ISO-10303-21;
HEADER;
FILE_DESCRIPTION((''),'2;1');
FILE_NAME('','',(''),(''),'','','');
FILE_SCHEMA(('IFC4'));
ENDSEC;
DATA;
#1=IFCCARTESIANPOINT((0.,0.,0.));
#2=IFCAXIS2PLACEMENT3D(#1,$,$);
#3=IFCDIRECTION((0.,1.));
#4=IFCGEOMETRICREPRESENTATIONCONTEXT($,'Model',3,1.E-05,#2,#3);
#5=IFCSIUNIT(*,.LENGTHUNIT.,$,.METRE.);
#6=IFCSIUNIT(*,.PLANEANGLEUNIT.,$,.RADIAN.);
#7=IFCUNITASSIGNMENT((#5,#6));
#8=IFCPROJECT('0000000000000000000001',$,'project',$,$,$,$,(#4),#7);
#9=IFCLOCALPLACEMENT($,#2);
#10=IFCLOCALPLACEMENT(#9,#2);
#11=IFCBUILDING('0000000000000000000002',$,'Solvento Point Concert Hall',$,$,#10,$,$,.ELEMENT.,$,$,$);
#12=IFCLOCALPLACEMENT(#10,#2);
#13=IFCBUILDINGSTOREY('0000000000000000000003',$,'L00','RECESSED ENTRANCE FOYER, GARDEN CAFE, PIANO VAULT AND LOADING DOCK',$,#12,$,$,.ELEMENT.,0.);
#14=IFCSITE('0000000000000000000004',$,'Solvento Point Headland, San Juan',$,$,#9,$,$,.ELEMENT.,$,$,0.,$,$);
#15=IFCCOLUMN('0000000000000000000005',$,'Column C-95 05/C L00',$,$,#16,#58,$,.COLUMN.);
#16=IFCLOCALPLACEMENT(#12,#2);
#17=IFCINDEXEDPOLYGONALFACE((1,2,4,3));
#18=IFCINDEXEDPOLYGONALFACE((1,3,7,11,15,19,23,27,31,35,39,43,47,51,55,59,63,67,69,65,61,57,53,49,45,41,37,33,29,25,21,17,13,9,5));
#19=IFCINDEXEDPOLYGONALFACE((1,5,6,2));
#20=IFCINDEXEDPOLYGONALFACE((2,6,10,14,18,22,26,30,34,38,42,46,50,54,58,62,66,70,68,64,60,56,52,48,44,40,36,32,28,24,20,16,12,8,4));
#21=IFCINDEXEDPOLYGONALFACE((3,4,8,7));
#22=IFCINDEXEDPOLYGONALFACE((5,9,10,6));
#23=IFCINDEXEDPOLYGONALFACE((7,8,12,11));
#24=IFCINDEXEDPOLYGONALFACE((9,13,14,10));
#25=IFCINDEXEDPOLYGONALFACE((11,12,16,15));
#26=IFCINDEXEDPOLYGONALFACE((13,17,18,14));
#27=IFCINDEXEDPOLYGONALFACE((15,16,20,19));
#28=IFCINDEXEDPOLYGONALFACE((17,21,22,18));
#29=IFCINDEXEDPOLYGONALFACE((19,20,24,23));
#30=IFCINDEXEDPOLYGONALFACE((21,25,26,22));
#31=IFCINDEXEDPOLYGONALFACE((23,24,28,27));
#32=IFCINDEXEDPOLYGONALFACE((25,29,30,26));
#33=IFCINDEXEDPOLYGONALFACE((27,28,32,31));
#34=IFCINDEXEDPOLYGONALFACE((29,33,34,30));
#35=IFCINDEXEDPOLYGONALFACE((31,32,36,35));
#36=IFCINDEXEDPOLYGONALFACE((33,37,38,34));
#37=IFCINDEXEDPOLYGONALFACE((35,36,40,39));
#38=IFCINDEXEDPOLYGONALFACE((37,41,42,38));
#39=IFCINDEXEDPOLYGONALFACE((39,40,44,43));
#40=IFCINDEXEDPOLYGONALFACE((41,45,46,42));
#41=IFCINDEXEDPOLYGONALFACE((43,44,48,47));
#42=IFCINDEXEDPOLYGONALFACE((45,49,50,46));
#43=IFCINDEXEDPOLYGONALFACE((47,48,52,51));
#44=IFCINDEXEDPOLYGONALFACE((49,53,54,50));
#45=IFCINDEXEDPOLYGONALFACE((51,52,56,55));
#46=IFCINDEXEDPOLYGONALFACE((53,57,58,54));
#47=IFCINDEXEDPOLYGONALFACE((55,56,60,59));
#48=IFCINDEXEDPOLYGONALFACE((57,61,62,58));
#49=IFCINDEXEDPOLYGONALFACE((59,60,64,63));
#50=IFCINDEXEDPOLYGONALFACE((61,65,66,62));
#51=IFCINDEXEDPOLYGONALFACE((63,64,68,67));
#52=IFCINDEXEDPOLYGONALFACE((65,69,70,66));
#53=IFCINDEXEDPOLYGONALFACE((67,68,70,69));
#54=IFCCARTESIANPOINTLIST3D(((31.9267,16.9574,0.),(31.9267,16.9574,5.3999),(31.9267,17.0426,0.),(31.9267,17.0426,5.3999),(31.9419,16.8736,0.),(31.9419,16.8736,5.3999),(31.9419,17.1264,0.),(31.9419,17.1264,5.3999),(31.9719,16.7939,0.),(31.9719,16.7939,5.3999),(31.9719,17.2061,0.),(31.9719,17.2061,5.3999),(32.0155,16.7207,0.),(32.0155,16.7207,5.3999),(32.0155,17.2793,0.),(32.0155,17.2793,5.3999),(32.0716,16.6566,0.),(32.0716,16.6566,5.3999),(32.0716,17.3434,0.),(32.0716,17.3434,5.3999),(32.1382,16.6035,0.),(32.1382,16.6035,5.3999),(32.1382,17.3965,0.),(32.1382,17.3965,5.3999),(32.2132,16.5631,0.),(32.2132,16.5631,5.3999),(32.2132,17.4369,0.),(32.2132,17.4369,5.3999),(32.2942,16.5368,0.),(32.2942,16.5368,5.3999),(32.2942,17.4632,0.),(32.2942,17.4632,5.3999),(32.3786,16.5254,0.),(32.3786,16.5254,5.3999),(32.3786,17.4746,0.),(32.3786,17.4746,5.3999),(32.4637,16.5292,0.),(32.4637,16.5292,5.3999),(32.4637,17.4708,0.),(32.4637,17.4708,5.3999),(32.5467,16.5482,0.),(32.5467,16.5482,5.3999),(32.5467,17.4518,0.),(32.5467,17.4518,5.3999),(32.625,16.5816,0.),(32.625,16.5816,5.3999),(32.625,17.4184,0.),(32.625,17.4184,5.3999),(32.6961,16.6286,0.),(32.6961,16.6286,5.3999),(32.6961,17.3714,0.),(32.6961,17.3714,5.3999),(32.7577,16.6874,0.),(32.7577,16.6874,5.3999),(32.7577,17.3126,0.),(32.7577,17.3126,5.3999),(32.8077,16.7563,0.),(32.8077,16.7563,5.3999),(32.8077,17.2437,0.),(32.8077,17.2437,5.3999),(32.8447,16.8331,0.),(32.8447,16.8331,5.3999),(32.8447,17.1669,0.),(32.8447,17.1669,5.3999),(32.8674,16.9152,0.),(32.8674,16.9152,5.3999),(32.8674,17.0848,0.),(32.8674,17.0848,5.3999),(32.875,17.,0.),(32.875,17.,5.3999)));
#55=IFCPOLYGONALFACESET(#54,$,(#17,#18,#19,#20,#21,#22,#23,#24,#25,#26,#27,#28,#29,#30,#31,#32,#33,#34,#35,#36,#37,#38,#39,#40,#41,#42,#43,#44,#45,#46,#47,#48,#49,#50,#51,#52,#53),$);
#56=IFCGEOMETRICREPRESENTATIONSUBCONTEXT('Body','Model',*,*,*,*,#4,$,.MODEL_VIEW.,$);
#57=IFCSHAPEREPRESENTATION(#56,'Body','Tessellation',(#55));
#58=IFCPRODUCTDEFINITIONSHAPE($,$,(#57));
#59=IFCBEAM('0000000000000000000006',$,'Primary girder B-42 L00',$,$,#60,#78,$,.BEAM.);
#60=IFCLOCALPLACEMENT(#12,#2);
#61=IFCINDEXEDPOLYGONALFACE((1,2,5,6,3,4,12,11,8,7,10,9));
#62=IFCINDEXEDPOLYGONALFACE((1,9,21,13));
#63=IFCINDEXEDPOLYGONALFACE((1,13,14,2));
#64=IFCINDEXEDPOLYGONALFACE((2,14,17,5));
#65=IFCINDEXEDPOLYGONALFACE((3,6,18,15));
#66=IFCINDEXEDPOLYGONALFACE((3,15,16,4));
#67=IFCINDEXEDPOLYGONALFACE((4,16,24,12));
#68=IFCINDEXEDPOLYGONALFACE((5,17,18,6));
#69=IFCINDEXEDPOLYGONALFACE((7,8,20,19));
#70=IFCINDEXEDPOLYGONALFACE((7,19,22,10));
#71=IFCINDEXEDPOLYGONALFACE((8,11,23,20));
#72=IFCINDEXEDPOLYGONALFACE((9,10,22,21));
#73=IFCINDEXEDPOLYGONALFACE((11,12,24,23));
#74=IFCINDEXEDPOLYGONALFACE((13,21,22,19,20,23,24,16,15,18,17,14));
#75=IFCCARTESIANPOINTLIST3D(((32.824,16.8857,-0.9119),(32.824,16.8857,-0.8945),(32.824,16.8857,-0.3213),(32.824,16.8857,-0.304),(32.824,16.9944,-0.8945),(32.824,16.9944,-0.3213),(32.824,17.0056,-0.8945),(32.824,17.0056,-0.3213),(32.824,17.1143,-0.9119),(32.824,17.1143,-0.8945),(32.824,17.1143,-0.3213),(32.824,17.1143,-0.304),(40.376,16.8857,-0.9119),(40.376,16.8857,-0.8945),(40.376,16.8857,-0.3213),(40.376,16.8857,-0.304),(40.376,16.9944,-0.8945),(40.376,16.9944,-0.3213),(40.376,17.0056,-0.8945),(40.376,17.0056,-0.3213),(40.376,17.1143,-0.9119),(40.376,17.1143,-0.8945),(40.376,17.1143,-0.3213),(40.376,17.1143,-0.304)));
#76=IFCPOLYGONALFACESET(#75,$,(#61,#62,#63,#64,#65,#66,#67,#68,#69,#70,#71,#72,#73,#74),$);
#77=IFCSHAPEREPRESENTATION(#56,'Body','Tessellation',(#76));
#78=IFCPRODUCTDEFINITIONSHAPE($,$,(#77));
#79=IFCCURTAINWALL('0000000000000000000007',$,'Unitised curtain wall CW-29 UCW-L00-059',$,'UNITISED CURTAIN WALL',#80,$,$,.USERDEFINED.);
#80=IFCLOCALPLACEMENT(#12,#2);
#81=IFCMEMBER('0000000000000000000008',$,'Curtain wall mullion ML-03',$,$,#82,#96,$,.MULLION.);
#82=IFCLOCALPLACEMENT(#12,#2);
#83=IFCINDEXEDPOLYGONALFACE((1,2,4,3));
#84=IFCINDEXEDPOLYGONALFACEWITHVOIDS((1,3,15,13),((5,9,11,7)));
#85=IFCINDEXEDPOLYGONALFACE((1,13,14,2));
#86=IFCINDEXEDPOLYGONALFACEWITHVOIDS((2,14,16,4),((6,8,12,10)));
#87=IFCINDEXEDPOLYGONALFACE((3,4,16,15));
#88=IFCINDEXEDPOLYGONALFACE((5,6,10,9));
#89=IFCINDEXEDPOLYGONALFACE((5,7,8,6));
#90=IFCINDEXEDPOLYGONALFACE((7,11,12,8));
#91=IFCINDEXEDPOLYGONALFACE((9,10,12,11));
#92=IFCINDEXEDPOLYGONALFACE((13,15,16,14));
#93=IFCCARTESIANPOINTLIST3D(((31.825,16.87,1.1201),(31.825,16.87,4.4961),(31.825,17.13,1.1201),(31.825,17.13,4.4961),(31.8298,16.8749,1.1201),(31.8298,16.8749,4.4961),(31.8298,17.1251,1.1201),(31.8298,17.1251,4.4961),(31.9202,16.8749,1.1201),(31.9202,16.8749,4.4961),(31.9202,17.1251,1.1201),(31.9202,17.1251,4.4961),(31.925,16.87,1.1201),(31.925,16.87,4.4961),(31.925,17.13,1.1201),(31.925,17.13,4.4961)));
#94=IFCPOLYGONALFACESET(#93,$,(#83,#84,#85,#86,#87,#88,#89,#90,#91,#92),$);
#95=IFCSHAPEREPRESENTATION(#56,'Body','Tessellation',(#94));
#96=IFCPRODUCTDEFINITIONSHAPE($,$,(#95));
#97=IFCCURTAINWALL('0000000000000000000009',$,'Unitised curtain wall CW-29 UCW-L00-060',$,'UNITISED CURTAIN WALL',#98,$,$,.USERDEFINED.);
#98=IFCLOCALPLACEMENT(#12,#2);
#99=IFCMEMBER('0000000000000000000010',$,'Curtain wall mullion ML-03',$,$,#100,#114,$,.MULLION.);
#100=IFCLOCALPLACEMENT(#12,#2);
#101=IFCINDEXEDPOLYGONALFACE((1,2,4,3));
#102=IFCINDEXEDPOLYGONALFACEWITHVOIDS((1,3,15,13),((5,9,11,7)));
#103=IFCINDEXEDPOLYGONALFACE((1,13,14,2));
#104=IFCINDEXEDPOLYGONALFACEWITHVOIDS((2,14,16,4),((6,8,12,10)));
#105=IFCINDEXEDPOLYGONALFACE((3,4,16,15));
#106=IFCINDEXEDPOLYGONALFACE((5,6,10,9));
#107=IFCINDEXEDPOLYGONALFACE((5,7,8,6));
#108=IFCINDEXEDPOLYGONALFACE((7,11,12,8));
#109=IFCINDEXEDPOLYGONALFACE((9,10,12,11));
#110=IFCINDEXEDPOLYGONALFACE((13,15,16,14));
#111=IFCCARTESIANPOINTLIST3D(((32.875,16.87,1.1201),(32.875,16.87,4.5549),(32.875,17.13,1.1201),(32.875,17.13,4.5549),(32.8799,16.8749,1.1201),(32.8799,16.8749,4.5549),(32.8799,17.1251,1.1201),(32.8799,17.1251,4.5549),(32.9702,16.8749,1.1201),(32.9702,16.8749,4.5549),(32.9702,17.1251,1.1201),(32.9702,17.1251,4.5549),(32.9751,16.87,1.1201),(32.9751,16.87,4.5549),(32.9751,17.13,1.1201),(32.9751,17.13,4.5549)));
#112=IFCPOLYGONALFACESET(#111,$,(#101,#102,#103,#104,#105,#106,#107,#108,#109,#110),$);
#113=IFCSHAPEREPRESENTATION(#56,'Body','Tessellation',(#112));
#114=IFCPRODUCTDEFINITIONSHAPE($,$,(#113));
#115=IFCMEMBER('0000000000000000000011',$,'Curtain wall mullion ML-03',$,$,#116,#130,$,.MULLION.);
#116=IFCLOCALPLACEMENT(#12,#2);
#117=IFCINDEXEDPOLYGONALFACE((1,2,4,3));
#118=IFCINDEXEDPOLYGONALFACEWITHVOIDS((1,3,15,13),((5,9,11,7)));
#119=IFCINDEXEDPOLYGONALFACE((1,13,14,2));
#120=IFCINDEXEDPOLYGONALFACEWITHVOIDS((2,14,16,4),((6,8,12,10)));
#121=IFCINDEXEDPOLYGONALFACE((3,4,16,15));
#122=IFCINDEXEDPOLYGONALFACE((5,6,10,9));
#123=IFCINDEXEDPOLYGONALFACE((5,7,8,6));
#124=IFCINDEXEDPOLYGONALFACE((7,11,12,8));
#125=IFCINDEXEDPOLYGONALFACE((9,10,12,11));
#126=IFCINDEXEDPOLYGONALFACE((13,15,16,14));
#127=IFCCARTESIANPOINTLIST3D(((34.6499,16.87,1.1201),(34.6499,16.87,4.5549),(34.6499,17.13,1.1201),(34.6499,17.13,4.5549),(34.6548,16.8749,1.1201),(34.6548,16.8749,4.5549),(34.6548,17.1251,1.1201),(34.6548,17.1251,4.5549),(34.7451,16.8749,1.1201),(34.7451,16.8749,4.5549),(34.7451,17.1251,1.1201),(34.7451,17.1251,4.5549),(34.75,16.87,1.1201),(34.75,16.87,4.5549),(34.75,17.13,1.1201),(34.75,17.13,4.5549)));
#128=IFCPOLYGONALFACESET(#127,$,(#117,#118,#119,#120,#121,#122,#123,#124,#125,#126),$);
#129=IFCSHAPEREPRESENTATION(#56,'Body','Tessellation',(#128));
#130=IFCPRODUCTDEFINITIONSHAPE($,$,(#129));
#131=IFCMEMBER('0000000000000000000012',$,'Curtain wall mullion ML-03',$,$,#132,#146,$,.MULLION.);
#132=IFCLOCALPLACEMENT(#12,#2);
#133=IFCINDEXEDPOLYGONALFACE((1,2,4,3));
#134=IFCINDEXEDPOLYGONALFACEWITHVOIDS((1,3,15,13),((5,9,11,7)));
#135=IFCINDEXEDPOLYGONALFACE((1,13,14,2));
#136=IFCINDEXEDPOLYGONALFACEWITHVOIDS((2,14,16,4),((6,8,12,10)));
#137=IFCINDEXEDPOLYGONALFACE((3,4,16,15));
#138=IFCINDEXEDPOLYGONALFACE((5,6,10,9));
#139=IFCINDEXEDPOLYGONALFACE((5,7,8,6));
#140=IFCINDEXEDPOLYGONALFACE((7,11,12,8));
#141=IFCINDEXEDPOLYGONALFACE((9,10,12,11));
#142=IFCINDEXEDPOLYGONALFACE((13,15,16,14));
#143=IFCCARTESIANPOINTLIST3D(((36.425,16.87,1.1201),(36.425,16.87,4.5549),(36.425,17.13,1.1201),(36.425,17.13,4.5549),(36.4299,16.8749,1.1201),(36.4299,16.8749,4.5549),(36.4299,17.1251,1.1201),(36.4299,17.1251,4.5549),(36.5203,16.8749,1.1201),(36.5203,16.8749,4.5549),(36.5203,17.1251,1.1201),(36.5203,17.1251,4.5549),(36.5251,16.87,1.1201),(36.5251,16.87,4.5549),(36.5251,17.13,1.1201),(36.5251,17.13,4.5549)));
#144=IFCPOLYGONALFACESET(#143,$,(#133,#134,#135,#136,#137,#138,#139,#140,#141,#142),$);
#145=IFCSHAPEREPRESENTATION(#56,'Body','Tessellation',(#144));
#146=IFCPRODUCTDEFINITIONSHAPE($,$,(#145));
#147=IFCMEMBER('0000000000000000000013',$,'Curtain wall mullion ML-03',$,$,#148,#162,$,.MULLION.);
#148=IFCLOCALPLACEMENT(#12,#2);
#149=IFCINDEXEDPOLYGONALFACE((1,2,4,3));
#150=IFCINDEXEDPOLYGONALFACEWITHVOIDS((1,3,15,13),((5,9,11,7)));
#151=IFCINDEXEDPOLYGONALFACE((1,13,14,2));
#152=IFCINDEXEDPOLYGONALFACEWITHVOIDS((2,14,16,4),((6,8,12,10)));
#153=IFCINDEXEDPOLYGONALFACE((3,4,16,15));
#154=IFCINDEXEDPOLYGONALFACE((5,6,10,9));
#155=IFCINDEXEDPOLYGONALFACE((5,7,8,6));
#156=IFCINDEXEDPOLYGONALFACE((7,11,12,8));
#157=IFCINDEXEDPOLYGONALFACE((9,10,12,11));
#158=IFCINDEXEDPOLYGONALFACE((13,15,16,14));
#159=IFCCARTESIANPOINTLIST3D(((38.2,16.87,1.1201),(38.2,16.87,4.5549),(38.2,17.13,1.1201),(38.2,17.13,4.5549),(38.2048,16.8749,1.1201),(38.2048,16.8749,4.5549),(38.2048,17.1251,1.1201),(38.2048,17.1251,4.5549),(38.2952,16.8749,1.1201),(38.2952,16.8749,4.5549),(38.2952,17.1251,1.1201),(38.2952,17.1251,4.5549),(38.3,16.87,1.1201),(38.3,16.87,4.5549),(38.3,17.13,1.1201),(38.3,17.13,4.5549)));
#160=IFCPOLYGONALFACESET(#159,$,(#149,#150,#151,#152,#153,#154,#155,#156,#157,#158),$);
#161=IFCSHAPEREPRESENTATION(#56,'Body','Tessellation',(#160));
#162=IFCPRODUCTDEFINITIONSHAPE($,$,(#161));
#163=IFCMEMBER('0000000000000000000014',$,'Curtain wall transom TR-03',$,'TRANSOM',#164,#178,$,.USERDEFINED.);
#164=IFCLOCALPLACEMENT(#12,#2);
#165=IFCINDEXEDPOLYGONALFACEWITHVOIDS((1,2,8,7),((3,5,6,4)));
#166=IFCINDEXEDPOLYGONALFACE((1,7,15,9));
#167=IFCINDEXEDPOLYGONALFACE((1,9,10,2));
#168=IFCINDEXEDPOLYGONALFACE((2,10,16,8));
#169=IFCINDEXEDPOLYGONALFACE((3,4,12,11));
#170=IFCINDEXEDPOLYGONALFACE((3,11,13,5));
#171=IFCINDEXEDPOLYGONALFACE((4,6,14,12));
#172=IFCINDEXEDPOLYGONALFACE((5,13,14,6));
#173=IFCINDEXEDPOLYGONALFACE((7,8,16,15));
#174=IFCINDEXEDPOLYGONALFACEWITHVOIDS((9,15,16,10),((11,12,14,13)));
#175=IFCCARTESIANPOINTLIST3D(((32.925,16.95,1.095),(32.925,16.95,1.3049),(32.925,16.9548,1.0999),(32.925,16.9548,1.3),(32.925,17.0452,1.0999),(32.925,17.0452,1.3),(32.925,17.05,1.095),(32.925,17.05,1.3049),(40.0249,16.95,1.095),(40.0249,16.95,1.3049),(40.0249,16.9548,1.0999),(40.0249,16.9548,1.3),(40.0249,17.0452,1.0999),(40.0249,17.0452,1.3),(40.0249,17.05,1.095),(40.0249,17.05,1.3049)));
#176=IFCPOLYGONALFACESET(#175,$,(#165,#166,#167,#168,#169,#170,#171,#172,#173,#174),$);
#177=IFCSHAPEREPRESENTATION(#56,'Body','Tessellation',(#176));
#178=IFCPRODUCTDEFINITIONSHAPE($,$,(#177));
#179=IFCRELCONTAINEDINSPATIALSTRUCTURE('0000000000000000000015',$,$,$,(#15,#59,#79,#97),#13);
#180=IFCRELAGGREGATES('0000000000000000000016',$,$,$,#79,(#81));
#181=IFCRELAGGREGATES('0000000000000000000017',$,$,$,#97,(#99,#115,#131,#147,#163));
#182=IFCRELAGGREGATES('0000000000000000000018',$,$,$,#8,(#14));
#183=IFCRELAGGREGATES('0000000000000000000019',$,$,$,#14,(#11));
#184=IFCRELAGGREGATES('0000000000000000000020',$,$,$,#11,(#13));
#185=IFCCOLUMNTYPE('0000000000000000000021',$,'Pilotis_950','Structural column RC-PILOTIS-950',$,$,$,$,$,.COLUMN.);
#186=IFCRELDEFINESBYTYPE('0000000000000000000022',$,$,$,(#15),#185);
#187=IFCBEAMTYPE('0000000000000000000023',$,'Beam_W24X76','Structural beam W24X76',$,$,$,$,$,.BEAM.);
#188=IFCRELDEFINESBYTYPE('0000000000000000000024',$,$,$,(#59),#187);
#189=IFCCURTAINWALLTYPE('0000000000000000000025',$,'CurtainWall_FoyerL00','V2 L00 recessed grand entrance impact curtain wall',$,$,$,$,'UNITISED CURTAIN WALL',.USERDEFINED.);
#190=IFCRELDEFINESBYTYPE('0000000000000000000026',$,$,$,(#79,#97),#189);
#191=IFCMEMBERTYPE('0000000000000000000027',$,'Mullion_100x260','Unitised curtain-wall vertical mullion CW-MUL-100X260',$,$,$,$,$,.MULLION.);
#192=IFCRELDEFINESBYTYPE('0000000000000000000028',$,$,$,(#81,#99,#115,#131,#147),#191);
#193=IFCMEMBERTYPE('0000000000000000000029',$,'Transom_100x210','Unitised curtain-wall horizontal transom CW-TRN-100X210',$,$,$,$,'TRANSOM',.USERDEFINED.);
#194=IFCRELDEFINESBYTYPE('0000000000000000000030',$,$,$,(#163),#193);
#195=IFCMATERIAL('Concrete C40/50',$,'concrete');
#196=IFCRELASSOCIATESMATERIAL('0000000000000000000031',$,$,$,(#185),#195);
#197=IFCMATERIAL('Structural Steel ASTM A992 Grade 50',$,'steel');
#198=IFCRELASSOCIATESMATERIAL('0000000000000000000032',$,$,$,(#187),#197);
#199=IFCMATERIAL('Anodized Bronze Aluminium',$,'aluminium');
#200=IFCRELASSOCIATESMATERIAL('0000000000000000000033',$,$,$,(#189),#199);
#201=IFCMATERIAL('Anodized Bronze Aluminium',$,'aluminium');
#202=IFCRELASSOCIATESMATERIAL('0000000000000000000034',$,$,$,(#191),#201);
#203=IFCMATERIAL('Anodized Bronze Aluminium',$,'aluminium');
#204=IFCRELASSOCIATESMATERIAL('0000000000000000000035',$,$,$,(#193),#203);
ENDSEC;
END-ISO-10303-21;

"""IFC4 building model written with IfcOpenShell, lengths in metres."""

from ifc_helpers import new_model, si_unit, direction, frame, origin, origin_2d, place, context, subcontext, project, spatial, hollow_rectangle, circle, i_section, extrude, material, material_profile, profile_set, type_object, element, aggregate, save


model = new_model("IFC4")

# Units and contexts
model_context = context("Model", 3, precision=1e-05, world=origin(), true_north=direction((0.0, 1.0)))
body_context = subcontext(model_context, "Body", "Model", "MODEL_VIEW")
ifc_project = project(units=[si_unit("LENGTHUNIT", "METRE"), si_unit("PLANEANGLEUNIT", "RADIAN")], contexts=[model_context])

# Site, building, storey
site_placement = place(None, origin())
site = spatial("IfcSite", under=ifc_project, at=site_placement, Name="Solvento Point Headland, San Juan", CompositionType="ELEMENT", RefElevation=0.0)
building_placement = place(site_placement, origin())
building = spatial("IfcBuilding", under=site, at=building_placement, Name="Solvento Point Concert Hall", CompositionType="ELEMENT")
storey_placement = place(building_placement, origin())
storey = spatial("IfcBuildingStorey", under=building, at=storey_placement, Name="L00", Description="RECESSED ENTRANCE FOYER, GARDEN CAFE, PIANO VAULT AND LOADING DOCK", CompositionType="ELEMENT", Elevation=0.0)

# Column
ifc_material_1 = material(Name="Concrete C40/50", Category="concrete")
ifc_material_profile_1 = material_profile(ifc_material_1, circle(Radius=0.4751, at=origin_2d()), Name="RC-PILOTIS-950")
ifc_profile_set_1 = profile_set([ifc_material_profile_1], Name="Concrete C40/50")
column_type = type_object("IfcColumnType", Name="Pilotis_950", Description="Structural column RC-PILOTIS-950", PredefinedType="COLUMN", material=ifc_profile_set_1)
column_placement = place(storey_placement, frame((32.3999, 17.0, 0.0), z_axis=(0.0, 0.0, 1.0), x_axis=(1.0, 0.0, 0.0)))
element("IfcColumn", 1, at=column_placement, inside=storey, type_object=column_type, Name="Column C-95 05/C L00", PredefinedType="COLUMN", context=body_context, shape_type="SweptSolid", body=[
    extrude(circle(Radius=0.4751, at=origin_2d()), origin(), (0.0, 0.0, 1.0), 5.3999),
])

# Beam
ifc_material_2 = material(Name="Structural Steel ASTM A992 Grade 50", Category="steel")
ifc_material_profile_2 = material_profile(ifc_material_2, i_section(OverallWidth=0.2285, OverallDepth=0.6079, WebThickness=0.0112, FlangeThickness=0.0173, at=origin_2d()), Name="W24X76")
ifc_profile_set_2 = profile_set([ifc_material_profile_2], Name="Structural Steel ASTM A992 Grade 50")
beam_type = type_object("IfcBeamType", Name="Beam_W24X76", Description="Structural beam W24X76", PredefinedType="BEAM", material=ifc_profile_set_2)
beam_placement = place(storey_placement, frame((32.824, 17.0, -0.6079), z_axis=(1.0, 0.0, 0.0), x_axis=(0.0, 1.0, 0.0)))
element("IfcBeam", 2, at=beam_placement, inside=storey, type_object=beam_type, Name="Primary girder B-42 L00", PredefinedType="BEAM", context=body_context, shape_type="SweptSolid", body=[
    extrude(i_section(OverallWidth=0.2285, OverallDepth=0.6079, WebThickness=0.0112, FlangeThickness=0.0173, at=origin_2d()), origin(), (0.0, 0.0, 1.0), 7.552),
])

# Curtain wall, member
ifc_material_3 = material(Name="Anodized Bronze Aluminium", Category="aluminium")
curtain_wall_type = type_object("IfcCurtainWallType", Name="CurtainWall_FoyerL00", Description="V2 L00 recessed grand entrance impact curtain wall", ElementType="UNITISED CURTAIN WALL", PredefinedType="USERDEFINED", material=ifc_material_3)
curtain_wall_1_placement = place(storey_placement, origin())
curtain_wall_1 = element("IfcCurtainWall", 3, at=curtain_wall_1_placement, inside=storey, type_object=curtain_wall_type, Name="Unitised curtain wall CW-29 UCW-L00-059", ObjectType="UNITISED CURTAIN WALL", PredefinedType="USERDEFINED")
ifc_material_4 = material(Name="Anodized Bronze Aluminium", Category="aluminium")
ifc_material_profile_3 = material_profile(ifc_material_4, hollow_rectangle(XDim=0.1001, YDim=0.26, WallThickness=0.0049, at=origin_2d()), Name="CW-MUL-100X260")
ifc_profile_set_3 = profile_set([ifc_material_profile_3], Name="Anodized Bronze Aluminium")
member_type_1 = type_object("IfcMemberType", Name="Mullion_100x260", Description="Unitised curtain-wall vertical mullion CW-MUL-100X260", PredefinedType="MULLION", material=ifc_profile_set_3)
member_1_placement = place(storey_placement, frame((31.875, 17.0, 1.1201), z_axis=(0.0, 0.0, 1.0), x_axis=(1.0, 0.0, 0.0)))
member_1 = element("IfcMember", 4, at=member_1_placement, type_object=member_type_1, Name="Curtain wall mullion ML-03", PredefinedType="MULLION", context=body_context, shape_type="SweptSolid", body=[
    extrude(hollow_rectangle(XDim=0.1001, YDim=0.26, WallThickness=0.0049, at=origin_2d()), origin(), (0.0, 0.0, 1.0), 3.376),
])

# Curtain wall, members
curtain_wall_2_placement = place(storey_placement, origin())
curtain_wall_2 = element("IfcCurtainWall", 5, at=curtain_wall_2_placement, inside=storey, type_object=curtain_wall_type, Name="Unitised curtain wall CW-29 UCW-L00-060", ObjectType="UNITISED CURTAIN WALL", PredefinedType="USERDEFINED")
member_2_placement = place(storey_placement, frame((32.925, 17.0, 1.1201), z_axis=(0.0, 0.0, 1.0), x_axis=(1.0, 0.0, 0.0)))
member_2 = element("IfcMember", 6, at=member_2_placement, type_object=member_type_1, Name="Curtain wall mullion ML-03", PredefinedType="MULLION", context=body_context, shape_type="SweptSolid", body=[
    extrude(hollow_rectangle(XDim=0.1001, YDim=0.26, WallThickness=0.0049, at=origin_2d()), origin(), (0.0, 0.0, 1.0), 3.4348),
])
member_3_placement = place(storey_placement, frame((34.7, 17.0, 1.1201), z_axis=(0.0, 0.0, 1.0), x_axis=(1.0, 0.0, 0.0)))
member_3 = element("IfcMember", 7, at=member_3_placement, type_object=member_type_1, Name="Curtain wall mullion ML-03", PredefinedType="MULLION", context=body_context, shape_type="SweptSolid", body=[
    extrude(hollow_rectangle(XDim=0.1001, YDim=0.26, WallThickness=0.0049, at=origin_2d()), origin(), (0.0, 0.0, 1.0), 3.4348),
])
member_4_placement = place(storey_placement, frame((36.4751, 17.0, 1.1201), z_axis=(0.0, 0.0, 1.0), x_axis=(1.0, 0.0, 0.0)))
member_4 = element("IfcMember", 8, at=member_4_placement, type_object=member_type_1, Name="Curtain wall mullion ML-03", PredefinedType="MULLION", context=body_context, shape_type="SweptSolid", body=[
    extrude(hollow_rectangle(XDim=0.1001, YDim=0.26, WallThickness=0.0049, at=origin_2d()), origin(), (0.0, 0.0, 1.0), 3.4348),
])
member_5_placement = place(storey_placement, frame((38.25, 17.0, 1.1201), z_axis=(0.0, 0.0, 1.0), x_axis=(1.0, 0.0, 0.0)))
member_5 = element("IfcMember", 9, at=member_5_placement, type_object=member_type_1, Name="Curtain wall mullion ML-03", PredefinedType="MULLION", context=body_context, shape_type="SweptSolid", body=[
    extrude(hollow_rectangle(XDim=0.1001, YDim=0.26, WallThickness=0.0049, at=origin_2d()), origin(), (0.0, 0.0, 1.0), 3.4348),
])
ifc_material_5 = material(Name="Anodized Bronze Aluminium", Category="aluminium")
ifc_material_profile_4 = material_profile(ifc_material_5, hollow_rectangle(XDim=0.1001, YDim=0.21, WallThickness=0.0049, at=origin_2d()), Name="CW-TRN-100X210")
ifc_profile_set_4 = profile_set([ifc_material_profile_4], Name="Anodized Bronze Aluminium")
member_type_2 = type_object("IfcMemberType", Name="Transom_100x210", Description="Unitised curtain-wall horizontal transom CW-TRN-100X210", ElementType="TRANSOM", PredefinedType="USERDEFINED", material=ifc_profile_set_4)
member_6_placement = place(storey_placement, frame((32.925, 17.0, 1.2), z_axis=(1.0, 0.0, 0.0), x_axis=(0.0, 1.0, 0.0)))
member_6 = element("IfcMember", 10, at=member_6_placement, type_object=member_type_2, Name="Curtain wall transom TR-03", ObjectType="TRANSOM", PredefinedType="USERDEFINED", context=body_context, shape_type="SweptSolid", body=[
    extrude(hollow_rectangle(XDim=0.1001, YDim=0.21, WallThickness=0.0049, at=origin_2d()), origin(), (0.0, 0.0, 1.0), 7.0999),
])

aggregate(curtain_wall_1, [member_1])
aggregate(curtain_wall_2, [member_2, member_3, member_4, member_5, member_6])

save(model, "model.ifc")
